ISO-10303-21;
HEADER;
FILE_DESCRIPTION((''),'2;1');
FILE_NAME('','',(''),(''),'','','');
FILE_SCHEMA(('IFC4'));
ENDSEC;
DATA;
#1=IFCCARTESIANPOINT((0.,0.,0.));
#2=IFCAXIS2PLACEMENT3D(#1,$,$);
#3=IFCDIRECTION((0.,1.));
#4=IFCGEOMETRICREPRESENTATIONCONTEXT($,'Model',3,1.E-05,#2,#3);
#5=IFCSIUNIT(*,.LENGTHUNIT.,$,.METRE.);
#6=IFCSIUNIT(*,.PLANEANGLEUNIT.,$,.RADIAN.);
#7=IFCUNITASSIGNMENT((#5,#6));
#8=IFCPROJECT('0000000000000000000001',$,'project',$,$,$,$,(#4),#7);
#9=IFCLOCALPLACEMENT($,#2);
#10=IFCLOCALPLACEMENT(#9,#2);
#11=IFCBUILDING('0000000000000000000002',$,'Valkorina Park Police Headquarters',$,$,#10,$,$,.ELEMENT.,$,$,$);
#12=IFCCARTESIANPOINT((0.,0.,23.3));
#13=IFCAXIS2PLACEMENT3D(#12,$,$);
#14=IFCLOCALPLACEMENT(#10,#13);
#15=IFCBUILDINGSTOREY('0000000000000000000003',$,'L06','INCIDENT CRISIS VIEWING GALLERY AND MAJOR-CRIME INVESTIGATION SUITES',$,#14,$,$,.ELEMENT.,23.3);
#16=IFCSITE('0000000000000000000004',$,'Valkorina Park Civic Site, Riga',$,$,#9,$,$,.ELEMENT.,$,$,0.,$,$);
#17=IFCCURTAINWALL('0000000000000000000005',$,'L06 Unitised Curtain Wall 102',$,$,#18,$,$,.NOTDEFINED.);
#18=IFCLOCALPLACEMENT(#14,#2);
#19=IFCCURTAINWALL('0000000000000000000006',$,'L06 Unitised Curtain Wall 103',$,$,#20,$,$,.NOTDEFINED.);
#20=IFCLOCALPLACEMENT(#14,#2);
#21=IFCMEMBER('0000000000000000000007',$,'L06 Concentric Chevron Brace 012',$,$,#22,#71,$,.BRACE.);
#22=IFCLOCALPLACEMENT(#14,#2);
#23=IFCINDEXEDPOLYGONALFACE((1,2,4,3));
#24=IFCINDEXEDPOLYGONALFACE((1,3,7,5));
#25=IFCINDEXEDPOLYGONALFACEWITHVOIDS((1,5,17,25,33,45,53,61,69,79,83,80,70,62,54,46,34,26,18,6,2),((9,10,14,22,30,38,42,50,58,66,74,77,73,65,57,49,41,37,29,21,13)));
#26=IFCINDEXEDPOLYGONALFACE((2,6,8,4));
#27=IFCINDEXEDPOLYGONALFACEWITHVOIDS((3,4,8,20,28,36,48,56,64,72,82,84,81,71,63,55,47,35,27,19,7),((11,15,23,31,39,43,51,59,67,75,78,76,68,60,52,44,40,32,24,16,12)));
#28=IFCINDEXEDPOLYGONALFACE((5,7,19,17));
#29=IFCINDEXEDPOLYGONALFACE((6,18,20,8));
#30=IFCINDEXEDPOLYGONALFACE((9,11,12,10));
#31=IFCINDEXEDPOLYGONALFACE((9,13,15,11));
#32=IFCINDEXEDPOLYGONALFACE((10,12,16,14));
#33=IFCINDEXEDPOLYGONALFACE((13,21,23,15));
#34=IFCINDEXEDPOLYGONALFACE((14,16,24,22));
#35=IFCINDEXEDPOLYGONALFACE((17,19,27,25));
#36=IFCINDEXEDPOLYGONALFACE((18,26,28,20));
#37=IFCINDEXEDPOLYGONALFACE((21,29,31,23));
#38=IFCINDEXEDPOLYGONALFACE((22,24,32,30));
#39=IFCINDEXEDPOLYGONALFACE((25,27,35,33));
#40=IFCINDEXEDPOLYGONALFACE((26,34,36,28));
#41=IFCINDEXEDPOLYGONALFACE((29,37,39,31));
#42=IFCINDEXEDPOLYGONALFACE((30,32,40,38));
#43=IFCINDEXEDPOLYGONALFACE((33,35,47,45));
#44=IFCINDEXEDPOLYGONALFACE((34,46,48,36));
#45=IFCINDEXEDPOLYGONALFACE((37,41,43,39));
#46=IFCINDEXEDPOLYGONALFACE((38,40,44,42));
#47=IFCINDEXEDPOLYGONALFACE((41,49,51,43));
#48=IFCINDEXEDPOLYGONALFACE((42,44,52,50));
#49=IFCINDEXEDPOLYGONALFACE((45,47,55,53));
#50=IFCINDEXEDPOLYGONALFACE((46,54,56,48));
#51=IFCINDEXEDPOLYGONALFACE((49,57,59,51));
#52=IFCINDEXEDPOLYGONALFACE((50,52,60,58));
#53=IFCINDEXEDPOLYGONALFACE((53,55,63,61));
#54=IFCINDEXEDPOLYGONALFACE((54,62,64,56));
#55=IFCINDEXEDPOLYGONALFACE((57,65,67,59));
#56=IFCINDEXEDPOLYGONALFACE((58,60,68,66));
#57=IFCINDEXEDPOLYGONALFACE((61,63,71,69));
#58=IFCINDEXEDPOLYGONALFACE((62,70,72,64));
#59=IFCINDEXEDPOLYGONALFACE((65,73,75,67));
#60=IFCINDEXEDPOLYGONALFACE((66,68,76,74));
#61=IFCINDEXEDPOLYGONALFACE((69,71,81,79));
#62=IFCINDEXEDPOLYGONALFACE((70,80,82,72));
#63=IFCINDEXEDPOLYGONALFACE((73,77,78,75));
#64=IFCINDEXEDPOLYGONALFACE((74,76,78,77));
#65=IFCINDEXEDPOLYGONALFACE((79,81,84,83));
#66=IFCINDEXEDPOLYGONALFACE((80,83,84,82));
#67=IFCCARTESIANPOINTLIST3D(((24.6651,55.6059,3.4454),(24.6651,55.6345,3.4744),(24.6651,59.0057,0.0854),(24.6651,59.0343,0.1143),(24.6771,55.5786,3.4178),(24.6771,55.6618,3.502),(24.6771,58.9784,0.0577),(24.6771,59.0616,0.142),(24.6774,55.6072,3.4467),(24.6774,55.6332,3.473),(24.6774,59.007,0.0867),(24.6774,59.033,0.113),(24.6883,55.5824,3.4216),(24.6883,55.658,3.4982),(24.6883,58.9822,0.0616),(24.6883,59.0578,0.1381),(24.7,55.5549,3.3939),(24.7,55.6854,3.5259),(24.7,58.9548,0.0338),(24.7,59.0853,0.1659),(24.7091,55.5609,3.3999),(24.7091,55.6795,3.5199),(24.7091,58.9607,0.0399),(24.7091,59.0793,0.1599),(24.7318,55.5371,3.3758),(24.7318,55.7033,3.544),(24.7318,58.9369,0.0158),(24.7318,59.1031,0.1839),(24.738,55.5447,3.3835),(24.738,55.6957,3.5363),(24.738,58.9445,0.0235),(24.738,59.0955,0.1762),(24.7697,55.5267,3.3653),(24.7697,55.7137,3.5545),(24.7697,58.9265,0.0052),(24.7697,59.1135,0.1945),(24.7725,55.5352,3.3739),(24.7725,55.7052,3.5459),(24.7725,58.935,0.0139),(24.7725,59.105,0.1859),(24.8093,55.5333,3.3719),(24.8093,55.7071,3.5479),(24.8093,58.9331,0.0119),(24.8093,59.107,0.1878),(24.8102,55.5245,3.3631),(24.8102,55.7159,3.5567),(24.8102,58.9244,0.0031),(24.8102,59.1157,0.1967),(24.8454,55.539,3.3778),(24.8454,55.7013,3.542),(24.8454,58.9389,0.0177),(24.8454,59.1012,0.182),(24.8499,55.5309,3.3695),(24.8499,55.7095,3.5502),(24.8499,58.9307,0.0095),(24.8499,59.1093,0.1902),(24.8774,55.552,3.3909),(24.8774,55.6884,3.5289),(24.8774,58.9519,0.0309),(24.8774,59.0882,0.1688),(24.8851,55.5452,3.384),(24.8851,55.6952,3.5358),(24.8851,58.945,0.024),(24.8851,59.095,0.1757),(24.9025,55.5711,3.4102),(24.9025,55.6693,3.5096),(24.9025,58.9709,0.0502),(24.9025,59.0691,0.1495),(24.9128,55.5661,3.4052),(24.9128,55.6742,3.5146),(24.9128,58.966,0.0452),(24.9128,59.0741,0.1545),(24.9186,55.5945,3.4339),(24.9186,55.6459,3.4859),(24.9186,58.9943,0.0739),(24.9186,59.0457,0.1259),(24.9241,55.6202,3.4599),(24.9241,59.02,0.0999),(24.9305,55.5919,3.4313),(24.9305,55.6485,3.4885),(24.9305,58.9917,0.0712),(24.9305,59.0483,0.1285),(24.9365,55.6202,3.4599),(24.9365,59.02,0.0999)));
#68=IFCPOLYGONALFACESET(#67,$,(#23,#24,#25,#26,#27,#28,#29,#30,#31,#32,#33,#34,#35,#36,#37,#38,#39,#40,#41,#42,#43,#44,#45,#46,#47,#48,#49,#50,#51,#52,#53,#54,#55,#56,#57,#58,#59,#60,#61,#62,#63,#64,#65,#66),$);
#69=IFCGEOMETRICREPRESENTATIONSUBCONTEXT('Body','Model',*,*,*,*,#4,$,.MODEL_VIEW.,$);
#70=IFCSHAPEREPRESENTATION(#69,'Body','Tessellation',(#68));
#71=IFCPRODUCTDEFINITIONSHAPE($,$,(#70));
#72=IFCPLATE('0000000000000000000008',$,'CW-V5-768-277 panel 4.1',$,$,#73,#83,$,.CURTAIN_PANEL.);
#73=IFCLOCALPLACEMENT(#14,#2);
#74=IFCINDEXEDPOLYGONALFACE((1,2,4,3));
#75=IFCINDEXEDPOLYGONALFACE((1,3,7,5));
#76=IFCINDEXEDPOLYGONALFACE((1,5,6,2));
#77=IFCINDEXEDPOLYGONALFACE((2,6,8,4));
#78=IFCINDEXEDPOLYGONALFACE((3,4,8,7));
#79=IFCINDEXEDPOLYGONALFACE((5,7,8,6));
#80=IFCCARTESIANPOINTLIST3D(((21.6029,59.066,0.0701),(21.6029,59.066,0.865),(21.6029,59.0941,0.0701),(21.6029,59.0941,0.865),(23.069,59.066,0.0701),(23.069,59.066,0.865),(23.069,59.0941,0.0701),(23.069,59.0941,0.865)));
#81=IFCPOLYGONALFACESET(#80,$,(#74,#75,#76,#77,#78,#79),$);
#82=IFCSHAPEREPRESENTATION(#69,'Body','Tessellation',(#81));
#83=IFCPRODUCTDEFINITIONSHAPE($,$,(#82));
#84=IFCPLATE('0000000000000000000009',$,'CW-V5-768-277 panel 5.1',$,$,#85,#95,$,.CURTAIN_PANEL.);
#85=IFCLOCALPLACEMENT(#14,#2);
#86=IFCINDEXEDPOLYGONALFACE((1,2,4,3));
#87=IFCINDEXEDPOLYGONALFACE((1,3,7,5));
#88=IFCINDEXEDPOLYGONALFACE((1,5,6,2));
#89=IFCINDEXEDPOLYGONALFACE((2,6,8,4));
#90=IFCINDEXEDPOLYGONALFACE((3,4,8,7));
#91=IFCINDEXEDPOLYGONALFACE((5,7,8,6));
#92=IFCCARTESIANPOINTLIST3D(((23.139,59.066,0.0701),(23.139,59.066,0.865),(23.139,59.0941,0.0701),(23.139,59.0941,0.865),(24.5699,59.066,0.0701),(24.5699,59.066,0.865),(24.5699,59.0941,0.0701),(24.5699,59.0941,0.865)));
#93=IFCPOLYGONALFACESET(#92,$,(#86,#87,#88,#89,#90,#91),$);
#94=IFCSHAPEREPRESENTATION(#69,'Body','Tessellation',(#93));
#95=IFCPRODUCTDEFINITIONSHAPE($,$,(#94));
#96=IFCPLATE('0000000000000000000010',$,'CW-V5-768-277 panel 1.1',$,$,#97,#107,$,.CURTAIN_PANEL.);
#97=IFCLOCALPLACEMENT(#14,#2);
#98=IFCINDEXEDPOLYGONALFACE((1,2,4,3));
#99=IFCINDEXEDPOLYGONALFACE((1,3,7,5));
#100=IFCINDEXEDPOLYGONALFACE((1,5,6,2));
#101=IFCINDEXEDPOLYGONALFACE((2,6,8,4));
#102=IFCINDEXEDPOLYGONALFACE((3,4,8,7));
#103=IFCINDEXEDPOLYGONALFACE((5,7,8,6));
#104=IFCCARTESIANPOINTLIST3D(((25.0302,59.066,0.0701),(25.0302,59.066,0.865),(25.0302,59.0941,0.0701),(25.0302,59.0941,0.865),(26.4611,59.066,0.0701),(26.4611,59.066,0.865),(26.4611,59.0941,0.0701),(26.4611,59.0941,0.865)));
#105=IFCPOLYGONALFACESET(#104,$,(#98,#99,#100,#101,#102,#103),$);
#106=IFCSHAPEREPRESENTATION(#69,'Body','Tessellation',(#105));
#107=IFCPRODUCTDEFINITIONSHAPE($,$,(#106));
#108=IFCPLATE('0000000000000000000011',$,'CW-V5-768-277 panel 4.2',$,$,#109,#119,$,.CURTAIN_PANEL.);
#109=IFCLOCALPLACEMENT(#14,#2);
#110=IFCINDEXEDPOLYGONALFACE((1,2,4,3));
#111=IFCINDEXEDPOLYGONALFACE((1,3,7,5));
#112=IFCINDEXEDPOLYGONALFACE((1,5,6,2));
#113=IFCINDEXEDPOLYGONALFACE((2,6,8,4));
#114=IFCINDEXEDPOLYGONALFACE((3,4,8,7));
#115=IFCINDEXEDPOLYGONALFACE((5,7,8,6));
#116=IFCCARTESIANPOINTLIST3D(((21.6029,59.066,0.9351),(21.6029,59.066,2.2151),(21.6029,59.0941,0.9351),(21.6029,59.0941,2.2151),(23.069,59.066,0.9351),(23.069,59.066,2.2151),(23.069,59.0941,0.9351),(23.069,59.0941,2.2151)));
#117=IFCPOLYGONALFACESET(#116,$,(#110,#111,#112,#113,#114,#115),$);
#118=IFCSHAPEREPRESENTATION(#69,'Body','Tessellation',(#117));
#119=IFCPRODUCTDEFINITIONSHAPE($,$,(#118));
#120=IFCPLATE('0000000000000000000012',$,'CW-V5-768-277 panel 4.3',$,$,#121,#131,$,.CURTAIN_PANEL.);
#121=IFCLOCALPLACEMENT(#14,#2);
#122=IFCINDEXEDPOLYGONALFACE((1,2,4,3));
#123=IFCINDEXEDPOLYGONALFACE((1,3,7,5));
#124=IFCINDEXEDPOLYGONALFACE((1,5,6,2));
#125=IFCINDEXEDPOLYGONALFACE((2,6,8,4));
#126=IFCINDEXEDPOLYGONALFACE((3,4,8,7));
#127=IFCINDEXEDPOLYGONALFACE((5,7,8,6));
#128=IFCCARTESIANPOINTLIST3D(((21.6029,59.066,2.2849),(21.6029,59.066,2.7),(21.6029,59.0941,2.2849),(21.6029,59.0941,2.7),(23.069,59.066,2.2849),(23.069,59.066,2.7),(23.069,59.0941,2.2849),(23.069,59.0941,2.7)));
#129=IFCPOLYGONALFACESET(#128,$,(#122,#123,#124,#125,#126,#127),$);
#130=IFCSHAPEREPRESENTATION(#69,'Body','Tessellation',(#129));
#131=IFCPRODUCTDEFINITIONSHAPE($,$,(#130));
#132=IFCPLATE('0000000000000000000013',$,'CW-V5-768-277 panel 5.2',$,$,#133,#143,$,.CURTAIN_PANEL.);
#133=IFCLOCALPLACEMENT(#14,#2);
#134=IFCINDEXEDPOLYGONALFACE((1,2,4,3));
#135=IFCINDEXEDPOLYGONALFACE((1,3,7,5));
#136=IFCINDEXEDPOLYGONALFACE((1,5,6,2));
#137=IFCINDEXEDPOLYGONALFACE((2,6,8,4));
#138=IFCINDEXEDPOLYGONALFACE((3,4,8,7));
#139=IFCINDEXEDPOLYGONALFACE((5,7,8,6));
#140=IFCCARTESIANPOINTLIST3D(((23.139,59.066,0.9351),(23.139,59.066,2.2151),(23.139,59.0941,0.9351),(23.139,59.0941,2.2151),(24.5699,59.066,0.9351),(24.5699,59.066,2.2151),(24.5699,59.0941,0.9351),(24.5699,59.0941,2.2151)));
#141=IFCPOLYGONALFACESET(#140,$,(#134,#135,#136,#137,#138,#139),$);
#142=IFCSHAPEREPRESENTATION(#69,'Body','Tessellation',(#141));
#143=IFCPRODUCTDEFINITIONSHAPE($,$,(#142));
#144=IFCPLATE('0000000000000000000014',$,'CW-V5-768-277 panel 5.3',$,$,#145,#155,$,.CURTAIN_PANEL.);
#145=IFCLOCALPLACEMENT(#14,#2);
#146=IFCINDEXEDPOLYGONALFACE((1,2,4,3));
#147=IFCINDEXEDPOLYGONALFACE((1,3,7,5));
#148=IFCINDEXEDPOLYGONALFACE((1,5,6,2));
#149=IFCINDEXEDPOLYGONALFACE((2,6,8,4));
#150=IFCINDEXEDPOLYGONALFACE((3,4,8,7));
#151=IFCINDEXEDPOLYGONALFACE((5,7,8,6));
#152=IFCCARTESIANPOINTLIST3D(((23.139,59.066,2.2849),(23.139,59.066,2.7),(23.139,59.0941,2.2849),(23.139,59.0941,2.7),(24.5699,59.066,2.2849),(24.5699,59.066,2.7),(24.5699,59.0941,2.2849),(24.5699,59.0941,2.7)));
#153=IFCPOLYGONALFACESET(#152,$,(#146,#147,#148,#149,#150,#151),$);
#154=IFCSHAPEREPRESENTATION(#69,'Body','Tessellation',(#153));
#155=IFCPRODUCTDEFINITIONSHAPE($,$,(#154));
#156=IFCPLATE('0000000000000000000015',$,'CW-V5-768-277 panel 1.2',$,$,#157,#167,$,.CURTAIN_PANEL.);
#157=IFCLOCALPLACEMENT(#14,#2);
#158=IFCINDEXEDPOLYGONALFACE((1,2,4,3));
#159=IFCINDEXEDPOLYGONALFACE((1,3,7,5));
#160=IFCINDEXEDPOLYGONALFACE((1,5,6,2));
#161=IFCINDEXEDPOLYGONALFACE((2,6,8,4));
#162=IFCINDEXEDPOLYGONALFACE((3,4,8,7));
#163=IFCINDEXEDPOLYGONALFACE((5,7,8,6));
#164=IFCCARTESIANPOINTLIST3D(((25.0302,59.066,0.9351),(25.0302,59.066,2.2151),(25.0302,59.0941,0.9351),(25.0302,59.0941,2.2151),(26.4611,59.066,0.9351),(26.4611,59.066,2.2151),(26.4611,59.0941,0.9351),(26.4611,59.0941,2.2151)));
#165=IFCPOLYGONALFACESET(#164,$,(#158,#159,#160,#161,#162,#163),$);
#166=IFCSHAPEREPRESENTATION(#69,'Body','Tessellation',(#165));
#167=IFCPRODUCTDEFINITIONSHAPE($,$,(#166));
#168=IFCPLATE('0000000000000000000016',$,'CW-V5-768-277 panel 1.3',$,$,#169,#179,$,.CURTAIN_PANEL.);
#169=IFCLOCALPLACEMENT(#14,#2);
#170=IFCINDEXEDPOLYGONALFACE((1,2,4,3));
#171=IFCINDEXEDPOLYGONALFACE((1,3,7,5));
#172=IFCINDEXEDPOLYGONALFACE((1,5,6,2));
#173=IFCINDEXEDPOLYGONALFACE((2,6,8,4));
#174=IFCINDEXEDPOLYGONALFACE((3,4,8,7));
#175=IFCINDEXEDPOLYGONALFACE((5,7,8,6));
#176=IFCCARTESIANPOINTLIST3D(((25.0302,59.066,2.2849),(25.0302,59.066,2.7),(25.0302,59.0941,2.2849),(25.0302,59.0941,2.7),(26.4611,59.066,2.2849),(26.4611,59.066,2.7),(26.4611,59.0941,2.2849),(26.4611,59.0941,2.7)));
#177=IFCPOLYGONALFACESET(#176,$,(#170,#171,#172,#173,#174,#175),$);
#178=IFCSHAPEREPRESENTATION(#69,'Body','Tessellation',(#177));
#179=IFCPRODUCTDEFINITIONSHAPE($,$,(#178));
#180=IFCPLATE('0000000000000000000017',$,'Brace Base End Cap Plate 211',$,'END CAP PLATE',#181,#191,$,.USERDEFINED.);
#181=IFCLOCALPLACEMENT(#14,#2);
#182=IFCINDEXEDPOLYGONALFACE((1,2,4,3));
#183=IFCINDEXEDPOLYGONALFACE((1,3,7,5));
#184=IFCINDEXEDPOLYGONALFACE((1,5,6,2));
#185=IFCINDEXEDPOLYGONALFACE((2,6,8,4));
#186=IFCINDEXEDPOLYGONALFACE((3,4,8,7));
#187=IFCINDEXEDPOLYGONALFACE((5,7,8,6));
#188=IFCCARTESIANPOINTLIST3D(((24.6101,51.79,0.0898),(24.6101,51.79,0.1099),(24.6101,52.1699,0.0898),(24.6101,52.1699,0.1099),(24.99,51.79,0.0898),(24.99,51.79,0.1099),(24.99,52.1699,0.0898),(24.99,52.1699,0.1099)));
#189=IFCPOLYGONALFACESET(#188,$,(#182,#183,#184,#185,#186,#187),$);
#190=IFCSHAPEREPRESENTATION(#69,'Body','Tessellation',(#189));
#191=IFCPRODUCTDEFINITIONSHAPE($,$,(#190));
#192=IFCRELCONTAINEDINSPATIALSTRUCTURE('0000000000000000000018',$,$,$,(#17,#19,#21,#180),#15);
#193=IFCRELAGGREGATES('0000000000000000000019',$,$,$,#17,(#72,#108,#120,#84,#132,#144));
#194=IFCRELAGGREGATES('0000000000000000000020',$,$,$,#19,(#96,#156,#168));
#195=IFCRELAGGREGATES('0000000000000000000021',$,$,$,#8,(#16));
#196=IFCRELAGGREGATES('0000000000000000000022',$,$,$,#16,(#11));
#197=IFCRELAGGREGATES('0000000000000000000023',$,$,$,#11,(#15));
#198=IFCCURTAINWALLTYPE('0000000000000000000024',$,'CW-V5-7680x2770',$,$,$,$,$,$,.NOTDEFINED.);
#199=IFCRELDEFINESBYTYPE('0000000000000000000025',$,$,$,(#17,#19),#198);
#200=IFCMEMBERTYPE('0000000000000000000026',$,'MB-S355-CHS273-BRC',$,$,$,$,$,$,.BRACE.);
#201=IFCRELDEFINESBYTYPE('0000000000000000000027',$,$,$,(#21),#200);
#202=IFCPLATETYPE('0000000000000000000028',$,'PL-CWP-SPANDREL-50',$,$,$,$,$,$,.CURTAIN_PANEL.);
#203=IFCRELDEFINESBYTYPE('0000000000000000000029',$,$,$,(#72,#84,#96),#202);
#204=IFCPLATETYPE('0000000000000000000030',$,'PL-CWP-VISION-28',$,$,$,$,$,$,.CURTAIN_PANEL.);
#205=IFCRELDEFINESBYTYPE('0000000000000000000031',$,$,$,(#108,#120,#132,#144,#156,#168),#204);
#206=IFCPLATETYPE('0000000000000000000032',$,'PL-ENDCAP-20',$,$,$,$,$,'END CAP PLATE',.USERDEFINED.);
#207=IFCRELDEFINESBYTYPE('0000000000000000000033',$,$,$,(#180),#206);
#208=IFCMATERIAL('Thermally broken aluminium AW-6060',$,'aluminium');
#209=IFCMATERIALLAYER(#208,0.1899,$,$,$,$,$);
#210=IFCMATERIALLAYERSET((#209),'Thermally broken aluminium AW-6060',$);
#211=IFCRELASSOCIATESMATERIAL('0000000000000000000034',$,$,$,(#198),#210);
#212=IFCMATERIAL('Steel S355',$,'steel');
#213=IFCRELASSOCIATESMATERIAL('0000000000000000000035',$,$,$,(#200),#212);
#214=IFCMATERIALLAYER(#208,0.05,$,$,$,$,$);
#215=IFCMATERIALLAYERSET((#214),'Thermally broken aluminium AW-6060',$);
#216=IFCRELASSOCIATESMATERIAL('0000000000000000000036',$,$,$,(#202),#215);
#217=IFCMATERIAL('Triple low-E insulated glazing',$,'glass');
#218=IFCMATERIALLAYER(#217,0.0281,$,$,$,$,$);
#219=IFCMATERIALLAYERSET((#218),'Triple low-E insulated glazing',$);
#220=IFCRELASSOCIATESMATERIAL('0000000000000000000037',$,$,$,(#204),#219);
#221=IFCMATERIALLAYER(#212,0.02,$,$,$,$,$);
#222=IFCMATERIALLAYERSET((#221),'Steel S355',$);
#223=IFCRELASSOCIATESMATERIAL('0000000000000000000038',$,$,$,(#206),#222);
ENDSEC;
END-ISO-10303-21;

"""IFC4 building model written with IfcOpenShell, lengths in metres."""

from ifc_helpers import new_model, si_unit, direction, frame, origin, origin_2d, place, context, subcontext, project, spatial, rectangle, hollow_circle, extrude, material, layer, layer_set, material_profile, profile_set, type_object, element, aggregate, save


model = new_model("IFC4")

# Units and contexts
model_context = context("Model", 3, precision=1e-05, world=origin(), true_north=direction((0.0, 1.0)))
body_context = subcontext(model_context, "Body", "Model", "MODEL_VIEW")
ifc_project = project(units=[si_unit("LENGTHUNIT", "METRE"), si_unit("PLANEANGLEUNIT", "RADIAN")], contexts=[model_context])

# Site, building, storey
site_placement = place(None, origin())
site = spatial("IfcSite", under=ifc_project, at=site_placement, Name="Valkorina Park Civic Site, Riga", CompositionType="ELEMENT", RefElevation=0.0)
building_placement = place(site_placement, origin())
building = spatial("IfcBuilding", under=site, at=building_placement, Name="Valkorina Park Police Headquarters", CompositionType="ELEMENT")
storey_placement = place(building_placement, frame((0.0, 0.0, 23.3)))
storey = spatial("IfcBuildingStorey", under=building, at=storey_placement, Name="L06", Description="INCIDENT CRISIS VIEWING GALLERY AND MAJOR-CRIME INVESTIGATION SUITES", CompositionType="ELEMENT", Elevation=23.3)

# Shared definitions
ifc_material_1 = material(Name="Steel S355", Category="steel")

# Curtain wall
ifc_material_2 = material(Name="Thermally broken aluminium AW-6060", Category="aluminium")
ifc_layer_1 = layer(ifc_material_2, 0.1899)
ifc_layer_set_1 = layer_set([ifc_layer_1], Name="Thermally broken aluminium AW-6060")
curtain_wall_type = type_object("IfcCurtainWallType", Name="CW-V5-7680x2770", PredefinedType="NOTDEFINED", material=ifc_layer_set_1)
curtain_wall_1_placement = place(storey_placement, origin())
curtain_wall_1 = element("IfcCurtainWall", 1, at=curtain_wall_1_placement, inside=storey, type_object=curtain_wall_type, Name="L06 Unitised Curtain Wall 102", PredefinedType="NOTDEFINED")

# Curtain wall
curtain_wall_2_placement = place(storey_placement, origin())
curtain_wall_2 = element("IfcCurtainWall", 2, at=curtain_wall_2_placement, inside=storey, type_object=curtain_wall_type, Name="L06 Unitised Curtain Wall 103", PredefinedType="NOTDEFINED")

# Member
ifc_material_profile_1 = material_profile(ifc_material_1, hollow_circle(Radius=0.1365, WallThickness=0.0125, at=origin_2d()), Name="CHS 273x12.5")
ifc_profile_set_1 = profile_set([ifc_material_profile_1], Name="Steel S355")
member_type_1 = type_object("IfcMemberType", Name="MB-S355-CHS273-BRC", PredefinedType="BRACE", material=ifc_profile_set_1)
for number, where, z_axis, x_axis, name in (
    (3, (24.8, 59.02, 0.0999), (0.0, -0.711257, 0.702932), (1.0, 0.0, 0.0), "L06 Concentric Chevron Brace 012"),
):
    element("IfcMember", number, at=place(storey_placement, frame(where, z_axis=z_axis, x_axis=x_axis)), inside=storey, type_object=member_type_1, Name=name, PredefinedType="BRACE", context=body_context, shape_type="SweptSolid", body=[
        extrude(hollow_circle(Radius=0.1365, WallThickness=0.0125, at=origin_2d()), origin(), (0.0, 0.0, 1.0), 4.78),
    ])

# Plates
ifc_layer_2 = layer(ifc_material_2, 0.05)
ifc_layer_set_2 = layer_set([ifc_layer_2], Name="Thermally broken aluminium AW-6060")
plate_type_1 = type_object("IfcPlateType", Name="PL-CWP-SPANDREL-50", PredefinedType="CURTAIN_PANEL", material=ifc_layer_set_2)
plate_1_placement = place(storey_placement, frame((22.3359, 59.0801, 0.0701), z_axis=(0.0, 0.0, 1.0), x_axis=(1.0, 0.0, 0.0)))
plate_1 = element("IfcPlate", 4, at=plate_1_placement, type_object=plate_type_1, Name="CW-V5-768-277 panel 4.1", PredefinedType="CURTAIN_PANEL", context=body_context, shape_type="SweptSolid", body=[
    extrude(rectangle(XDim=1.4661, YDim=0.0281, at=origin_2d()), origin(), (0.0, 0.0, 1.0), 0.7949),
])
plate_2_placement = place(storey_placement, frame((23.8545, 59.0801, 0.0701), z_axis=(0.0, 0.0, 1.0), x_axis=(1.0, 0.0, 0.0)))
plate_2 = element("IfcPlate", 5, at=plate_2_placement, type_object=plate_type_1, Name="CW-V5-768-277 panel 5.1", PredefinedType="CURTAIN_PANEL", context=body_context, shape_type="SweptSolid", body=[
    extrude(rectangle(XDim=1.4309, YDim=0.0281, at=origin_2d()), origin(), (0.0, 0.0, 1.0), 0.7949),
])
plate_3_placement = place(storey_placement, frame((25.7456, 59.0801, 0.0701), z_axis=(0.0, 0.0, 1.0), x_axis=(1.0, 0.0, 0.0)))
plate_3 = element("IfcPlate", 6, at=plate_3_placement, type_object=plate_type_1, Name="CW-V5-768-277 panel 1.1", PredefinedType="CURTAIN_PANEL", context=body_context, shape_type="SweptSolid", body=[
    extrude(rectangle(XDim=1.4309, YDim=0.0281, at=origin_2d()), origin(), (0.0, 0.0, 1.0), 0.7949),
])
ifc_material_3 = material(Name="Triple low-E insulated glazing", Category="glass")
ifc_layer_3 = layer(ifc_material_3, 0.0281)
ifc_layer_set_3 = layer_set([ifc_layer_3], Name="Triple low-E insulated glazing")
plate_type_2 = type_object("IfcPlateType", Name="PL-CWP-VISION-28", PredefinedType="CURTAIN_PANEL", material=ifc_layer_set_3)
plate_4_placement = place(storey_placement, frame((22.3359, 59.0801, 0.9351), z_axis=(0.0, 0.0, 1.0), x_axis=(1.0, 0.0, 0.0)))
plate_4 = element("IfcPlate", 7, at=plate_4_placement, type_object=plate_type_2, Name="CW-V5-768-277 panel 4.2", PredefinedType="CURTAIN_PANEL", context=body_context, shape_type="SweptSolid", body=[
    extrude(rectangle(XDim=1.4661, YDim=0.0281, at=origin_2d()), origin(), (0.0, 0.0, 1.0), 1.28),
])
plate_5_placement = place(storey_placement, frame((22.3359, 59.0801, 2.2849), z_axis=(0.0, 0.0, 1.0), x_axis=(1.0, 0.0, 0.0)))
plate_5 = element("IfcPlate", 8, at=plate_5_placement, type_object=plate_type_2, Name="CW-V5-768-277 panel 4.3", PredefinedType="CURTAIN_PANEL", context=body_context, shape_type="SweptSolid", body=[
    extrude(rectangle(XDim=1.4661, YDim=0.0281, at=origin_2d()), origin(), (0.0, 0.0, 1.0), 0.415),
])
plate_6_placement = place(storey_placement, frame((23.8545, 59.0801, 0.9351), z_axis=(0.0, 0.0, 1.0), x_axis=(1.0, 0.0, 0.0)))
plate_6 = element("IfcPlate", 9, at=plate_6_placement, type_object=plate_type_2, Name="CW-V5-768-277 panel 5.2", PredefinedType="CURTAIN_PANEL", context=body_context, shape_type="SweptSolid", body=[
    extrude(rectangle(XDim=1.4309, YDim=0.0281, at=origin_2d()), origin(), (0.0, 0.0, 1.0), 1.28),
])
plate_7_placement = place(storey_placement, frame((23.8545, 59.0801, 2.2849), z_axis=(0.0, 0.0, 1.0), x_axis=(1.0, 0.0, 0.0)))
plate_7 = element("IfcPlate", 10, at=plate_7_placement, type_object=plate_type_2, Name="CW-V5-768-277 panel 5.3", PredefinedType="CURTAIN_PANEL", context=body_context, shape_type="SweptSolid", body=[
    extrude(rectangle(XDim=1.4309, YDim=0.0281, at=origin_2d()), origin(), (0.0, 0.0, 1.0), 0.415),
])
aggregate(curtain_wall_1, [plate_1, plate_4, plate_5, plate_2, plate_6, plate_7])
plate_8_placement = place(storey_placement, frame((25.7456, 59.0801, 0.9351), z_axis=(0.0, 0.0, 1.0), x_axis=(1.0, 0.0, 0.0)))
plate_8 = element("IfcPlate", 11, at=plate_8_placement, type_object=plate_type_2, Name="CW-V5-768-277 panel 1.2", PredefinedType="CURTAIN_PANEL", context=body_context, shape_type="SweptSolid", body=[
    extrude(rectangle(XDim=1.4309, YDim=0.0281, at=origin_2d()), origin(), (0.0, 0.0, 1.0), 1.28),
])
plate_9_placement = place(storey_placement, frame((25.7456, 59.0801, 2.2849), z_axis=(0.0, 0.0, 1.0), x_axis=(1.0, 0.0, 0.0)))
plate_9 = element("IfcPlate", 12, at=plate_9_placement, type_object=plate_type_2, Name="CW-V5-768-277 panel 1.3", PredefinedType="CURTAIN_PANEL", context=body_context, shape_type="SweptSolid", body=[
    extrude(rectangle(XDim=1.4309, YDim=0.0281, at=origin_2d()), origin(), (0.0, 0.0, 1.0), 0.415),
])
aggregate(curtain_wall_2, [plate_3, plate_8, plate_9])

# Plate
ifc_layer_4 = layer(ifc_material_1, 0.02)
ifc_layer_set_4 = layer_set([ifc_layer_4], Name="Steel S355")
plate_type_3 = type_object("IfcPlateType", Name="PL-ENDCAP-20", ElementType="END CAP PLATE", PredefinedType="USERDEFINED", material=ifc_layer_set_4)
for number, where, z_axis, x_axis, name in (
    (13, (24.8, 51.98, 0.0898), (0.0, 0.0, 1.0), (1.0, 0.0, 0.0), "Brace Base End Cap Plate 211"),
):
    element("IfcPlate", number, at=place(storey_placement, frame(where, z_axis=z_axis, x_axis=x_axis)), inside=storey, type_object=plate_type_3, Name=name, ObjectType="END CAP PLATE", PredefinedType="USERDEFINED", context=body_context, shape_type="SweptSolid", body=[
        extrude(rectangle(XDim=0.3799, YDim=0.3799, at=origin_2d()), origin(), (0.0, 0.0, 1.0), 0.02),
    ])

save(model, "model.ifc")
